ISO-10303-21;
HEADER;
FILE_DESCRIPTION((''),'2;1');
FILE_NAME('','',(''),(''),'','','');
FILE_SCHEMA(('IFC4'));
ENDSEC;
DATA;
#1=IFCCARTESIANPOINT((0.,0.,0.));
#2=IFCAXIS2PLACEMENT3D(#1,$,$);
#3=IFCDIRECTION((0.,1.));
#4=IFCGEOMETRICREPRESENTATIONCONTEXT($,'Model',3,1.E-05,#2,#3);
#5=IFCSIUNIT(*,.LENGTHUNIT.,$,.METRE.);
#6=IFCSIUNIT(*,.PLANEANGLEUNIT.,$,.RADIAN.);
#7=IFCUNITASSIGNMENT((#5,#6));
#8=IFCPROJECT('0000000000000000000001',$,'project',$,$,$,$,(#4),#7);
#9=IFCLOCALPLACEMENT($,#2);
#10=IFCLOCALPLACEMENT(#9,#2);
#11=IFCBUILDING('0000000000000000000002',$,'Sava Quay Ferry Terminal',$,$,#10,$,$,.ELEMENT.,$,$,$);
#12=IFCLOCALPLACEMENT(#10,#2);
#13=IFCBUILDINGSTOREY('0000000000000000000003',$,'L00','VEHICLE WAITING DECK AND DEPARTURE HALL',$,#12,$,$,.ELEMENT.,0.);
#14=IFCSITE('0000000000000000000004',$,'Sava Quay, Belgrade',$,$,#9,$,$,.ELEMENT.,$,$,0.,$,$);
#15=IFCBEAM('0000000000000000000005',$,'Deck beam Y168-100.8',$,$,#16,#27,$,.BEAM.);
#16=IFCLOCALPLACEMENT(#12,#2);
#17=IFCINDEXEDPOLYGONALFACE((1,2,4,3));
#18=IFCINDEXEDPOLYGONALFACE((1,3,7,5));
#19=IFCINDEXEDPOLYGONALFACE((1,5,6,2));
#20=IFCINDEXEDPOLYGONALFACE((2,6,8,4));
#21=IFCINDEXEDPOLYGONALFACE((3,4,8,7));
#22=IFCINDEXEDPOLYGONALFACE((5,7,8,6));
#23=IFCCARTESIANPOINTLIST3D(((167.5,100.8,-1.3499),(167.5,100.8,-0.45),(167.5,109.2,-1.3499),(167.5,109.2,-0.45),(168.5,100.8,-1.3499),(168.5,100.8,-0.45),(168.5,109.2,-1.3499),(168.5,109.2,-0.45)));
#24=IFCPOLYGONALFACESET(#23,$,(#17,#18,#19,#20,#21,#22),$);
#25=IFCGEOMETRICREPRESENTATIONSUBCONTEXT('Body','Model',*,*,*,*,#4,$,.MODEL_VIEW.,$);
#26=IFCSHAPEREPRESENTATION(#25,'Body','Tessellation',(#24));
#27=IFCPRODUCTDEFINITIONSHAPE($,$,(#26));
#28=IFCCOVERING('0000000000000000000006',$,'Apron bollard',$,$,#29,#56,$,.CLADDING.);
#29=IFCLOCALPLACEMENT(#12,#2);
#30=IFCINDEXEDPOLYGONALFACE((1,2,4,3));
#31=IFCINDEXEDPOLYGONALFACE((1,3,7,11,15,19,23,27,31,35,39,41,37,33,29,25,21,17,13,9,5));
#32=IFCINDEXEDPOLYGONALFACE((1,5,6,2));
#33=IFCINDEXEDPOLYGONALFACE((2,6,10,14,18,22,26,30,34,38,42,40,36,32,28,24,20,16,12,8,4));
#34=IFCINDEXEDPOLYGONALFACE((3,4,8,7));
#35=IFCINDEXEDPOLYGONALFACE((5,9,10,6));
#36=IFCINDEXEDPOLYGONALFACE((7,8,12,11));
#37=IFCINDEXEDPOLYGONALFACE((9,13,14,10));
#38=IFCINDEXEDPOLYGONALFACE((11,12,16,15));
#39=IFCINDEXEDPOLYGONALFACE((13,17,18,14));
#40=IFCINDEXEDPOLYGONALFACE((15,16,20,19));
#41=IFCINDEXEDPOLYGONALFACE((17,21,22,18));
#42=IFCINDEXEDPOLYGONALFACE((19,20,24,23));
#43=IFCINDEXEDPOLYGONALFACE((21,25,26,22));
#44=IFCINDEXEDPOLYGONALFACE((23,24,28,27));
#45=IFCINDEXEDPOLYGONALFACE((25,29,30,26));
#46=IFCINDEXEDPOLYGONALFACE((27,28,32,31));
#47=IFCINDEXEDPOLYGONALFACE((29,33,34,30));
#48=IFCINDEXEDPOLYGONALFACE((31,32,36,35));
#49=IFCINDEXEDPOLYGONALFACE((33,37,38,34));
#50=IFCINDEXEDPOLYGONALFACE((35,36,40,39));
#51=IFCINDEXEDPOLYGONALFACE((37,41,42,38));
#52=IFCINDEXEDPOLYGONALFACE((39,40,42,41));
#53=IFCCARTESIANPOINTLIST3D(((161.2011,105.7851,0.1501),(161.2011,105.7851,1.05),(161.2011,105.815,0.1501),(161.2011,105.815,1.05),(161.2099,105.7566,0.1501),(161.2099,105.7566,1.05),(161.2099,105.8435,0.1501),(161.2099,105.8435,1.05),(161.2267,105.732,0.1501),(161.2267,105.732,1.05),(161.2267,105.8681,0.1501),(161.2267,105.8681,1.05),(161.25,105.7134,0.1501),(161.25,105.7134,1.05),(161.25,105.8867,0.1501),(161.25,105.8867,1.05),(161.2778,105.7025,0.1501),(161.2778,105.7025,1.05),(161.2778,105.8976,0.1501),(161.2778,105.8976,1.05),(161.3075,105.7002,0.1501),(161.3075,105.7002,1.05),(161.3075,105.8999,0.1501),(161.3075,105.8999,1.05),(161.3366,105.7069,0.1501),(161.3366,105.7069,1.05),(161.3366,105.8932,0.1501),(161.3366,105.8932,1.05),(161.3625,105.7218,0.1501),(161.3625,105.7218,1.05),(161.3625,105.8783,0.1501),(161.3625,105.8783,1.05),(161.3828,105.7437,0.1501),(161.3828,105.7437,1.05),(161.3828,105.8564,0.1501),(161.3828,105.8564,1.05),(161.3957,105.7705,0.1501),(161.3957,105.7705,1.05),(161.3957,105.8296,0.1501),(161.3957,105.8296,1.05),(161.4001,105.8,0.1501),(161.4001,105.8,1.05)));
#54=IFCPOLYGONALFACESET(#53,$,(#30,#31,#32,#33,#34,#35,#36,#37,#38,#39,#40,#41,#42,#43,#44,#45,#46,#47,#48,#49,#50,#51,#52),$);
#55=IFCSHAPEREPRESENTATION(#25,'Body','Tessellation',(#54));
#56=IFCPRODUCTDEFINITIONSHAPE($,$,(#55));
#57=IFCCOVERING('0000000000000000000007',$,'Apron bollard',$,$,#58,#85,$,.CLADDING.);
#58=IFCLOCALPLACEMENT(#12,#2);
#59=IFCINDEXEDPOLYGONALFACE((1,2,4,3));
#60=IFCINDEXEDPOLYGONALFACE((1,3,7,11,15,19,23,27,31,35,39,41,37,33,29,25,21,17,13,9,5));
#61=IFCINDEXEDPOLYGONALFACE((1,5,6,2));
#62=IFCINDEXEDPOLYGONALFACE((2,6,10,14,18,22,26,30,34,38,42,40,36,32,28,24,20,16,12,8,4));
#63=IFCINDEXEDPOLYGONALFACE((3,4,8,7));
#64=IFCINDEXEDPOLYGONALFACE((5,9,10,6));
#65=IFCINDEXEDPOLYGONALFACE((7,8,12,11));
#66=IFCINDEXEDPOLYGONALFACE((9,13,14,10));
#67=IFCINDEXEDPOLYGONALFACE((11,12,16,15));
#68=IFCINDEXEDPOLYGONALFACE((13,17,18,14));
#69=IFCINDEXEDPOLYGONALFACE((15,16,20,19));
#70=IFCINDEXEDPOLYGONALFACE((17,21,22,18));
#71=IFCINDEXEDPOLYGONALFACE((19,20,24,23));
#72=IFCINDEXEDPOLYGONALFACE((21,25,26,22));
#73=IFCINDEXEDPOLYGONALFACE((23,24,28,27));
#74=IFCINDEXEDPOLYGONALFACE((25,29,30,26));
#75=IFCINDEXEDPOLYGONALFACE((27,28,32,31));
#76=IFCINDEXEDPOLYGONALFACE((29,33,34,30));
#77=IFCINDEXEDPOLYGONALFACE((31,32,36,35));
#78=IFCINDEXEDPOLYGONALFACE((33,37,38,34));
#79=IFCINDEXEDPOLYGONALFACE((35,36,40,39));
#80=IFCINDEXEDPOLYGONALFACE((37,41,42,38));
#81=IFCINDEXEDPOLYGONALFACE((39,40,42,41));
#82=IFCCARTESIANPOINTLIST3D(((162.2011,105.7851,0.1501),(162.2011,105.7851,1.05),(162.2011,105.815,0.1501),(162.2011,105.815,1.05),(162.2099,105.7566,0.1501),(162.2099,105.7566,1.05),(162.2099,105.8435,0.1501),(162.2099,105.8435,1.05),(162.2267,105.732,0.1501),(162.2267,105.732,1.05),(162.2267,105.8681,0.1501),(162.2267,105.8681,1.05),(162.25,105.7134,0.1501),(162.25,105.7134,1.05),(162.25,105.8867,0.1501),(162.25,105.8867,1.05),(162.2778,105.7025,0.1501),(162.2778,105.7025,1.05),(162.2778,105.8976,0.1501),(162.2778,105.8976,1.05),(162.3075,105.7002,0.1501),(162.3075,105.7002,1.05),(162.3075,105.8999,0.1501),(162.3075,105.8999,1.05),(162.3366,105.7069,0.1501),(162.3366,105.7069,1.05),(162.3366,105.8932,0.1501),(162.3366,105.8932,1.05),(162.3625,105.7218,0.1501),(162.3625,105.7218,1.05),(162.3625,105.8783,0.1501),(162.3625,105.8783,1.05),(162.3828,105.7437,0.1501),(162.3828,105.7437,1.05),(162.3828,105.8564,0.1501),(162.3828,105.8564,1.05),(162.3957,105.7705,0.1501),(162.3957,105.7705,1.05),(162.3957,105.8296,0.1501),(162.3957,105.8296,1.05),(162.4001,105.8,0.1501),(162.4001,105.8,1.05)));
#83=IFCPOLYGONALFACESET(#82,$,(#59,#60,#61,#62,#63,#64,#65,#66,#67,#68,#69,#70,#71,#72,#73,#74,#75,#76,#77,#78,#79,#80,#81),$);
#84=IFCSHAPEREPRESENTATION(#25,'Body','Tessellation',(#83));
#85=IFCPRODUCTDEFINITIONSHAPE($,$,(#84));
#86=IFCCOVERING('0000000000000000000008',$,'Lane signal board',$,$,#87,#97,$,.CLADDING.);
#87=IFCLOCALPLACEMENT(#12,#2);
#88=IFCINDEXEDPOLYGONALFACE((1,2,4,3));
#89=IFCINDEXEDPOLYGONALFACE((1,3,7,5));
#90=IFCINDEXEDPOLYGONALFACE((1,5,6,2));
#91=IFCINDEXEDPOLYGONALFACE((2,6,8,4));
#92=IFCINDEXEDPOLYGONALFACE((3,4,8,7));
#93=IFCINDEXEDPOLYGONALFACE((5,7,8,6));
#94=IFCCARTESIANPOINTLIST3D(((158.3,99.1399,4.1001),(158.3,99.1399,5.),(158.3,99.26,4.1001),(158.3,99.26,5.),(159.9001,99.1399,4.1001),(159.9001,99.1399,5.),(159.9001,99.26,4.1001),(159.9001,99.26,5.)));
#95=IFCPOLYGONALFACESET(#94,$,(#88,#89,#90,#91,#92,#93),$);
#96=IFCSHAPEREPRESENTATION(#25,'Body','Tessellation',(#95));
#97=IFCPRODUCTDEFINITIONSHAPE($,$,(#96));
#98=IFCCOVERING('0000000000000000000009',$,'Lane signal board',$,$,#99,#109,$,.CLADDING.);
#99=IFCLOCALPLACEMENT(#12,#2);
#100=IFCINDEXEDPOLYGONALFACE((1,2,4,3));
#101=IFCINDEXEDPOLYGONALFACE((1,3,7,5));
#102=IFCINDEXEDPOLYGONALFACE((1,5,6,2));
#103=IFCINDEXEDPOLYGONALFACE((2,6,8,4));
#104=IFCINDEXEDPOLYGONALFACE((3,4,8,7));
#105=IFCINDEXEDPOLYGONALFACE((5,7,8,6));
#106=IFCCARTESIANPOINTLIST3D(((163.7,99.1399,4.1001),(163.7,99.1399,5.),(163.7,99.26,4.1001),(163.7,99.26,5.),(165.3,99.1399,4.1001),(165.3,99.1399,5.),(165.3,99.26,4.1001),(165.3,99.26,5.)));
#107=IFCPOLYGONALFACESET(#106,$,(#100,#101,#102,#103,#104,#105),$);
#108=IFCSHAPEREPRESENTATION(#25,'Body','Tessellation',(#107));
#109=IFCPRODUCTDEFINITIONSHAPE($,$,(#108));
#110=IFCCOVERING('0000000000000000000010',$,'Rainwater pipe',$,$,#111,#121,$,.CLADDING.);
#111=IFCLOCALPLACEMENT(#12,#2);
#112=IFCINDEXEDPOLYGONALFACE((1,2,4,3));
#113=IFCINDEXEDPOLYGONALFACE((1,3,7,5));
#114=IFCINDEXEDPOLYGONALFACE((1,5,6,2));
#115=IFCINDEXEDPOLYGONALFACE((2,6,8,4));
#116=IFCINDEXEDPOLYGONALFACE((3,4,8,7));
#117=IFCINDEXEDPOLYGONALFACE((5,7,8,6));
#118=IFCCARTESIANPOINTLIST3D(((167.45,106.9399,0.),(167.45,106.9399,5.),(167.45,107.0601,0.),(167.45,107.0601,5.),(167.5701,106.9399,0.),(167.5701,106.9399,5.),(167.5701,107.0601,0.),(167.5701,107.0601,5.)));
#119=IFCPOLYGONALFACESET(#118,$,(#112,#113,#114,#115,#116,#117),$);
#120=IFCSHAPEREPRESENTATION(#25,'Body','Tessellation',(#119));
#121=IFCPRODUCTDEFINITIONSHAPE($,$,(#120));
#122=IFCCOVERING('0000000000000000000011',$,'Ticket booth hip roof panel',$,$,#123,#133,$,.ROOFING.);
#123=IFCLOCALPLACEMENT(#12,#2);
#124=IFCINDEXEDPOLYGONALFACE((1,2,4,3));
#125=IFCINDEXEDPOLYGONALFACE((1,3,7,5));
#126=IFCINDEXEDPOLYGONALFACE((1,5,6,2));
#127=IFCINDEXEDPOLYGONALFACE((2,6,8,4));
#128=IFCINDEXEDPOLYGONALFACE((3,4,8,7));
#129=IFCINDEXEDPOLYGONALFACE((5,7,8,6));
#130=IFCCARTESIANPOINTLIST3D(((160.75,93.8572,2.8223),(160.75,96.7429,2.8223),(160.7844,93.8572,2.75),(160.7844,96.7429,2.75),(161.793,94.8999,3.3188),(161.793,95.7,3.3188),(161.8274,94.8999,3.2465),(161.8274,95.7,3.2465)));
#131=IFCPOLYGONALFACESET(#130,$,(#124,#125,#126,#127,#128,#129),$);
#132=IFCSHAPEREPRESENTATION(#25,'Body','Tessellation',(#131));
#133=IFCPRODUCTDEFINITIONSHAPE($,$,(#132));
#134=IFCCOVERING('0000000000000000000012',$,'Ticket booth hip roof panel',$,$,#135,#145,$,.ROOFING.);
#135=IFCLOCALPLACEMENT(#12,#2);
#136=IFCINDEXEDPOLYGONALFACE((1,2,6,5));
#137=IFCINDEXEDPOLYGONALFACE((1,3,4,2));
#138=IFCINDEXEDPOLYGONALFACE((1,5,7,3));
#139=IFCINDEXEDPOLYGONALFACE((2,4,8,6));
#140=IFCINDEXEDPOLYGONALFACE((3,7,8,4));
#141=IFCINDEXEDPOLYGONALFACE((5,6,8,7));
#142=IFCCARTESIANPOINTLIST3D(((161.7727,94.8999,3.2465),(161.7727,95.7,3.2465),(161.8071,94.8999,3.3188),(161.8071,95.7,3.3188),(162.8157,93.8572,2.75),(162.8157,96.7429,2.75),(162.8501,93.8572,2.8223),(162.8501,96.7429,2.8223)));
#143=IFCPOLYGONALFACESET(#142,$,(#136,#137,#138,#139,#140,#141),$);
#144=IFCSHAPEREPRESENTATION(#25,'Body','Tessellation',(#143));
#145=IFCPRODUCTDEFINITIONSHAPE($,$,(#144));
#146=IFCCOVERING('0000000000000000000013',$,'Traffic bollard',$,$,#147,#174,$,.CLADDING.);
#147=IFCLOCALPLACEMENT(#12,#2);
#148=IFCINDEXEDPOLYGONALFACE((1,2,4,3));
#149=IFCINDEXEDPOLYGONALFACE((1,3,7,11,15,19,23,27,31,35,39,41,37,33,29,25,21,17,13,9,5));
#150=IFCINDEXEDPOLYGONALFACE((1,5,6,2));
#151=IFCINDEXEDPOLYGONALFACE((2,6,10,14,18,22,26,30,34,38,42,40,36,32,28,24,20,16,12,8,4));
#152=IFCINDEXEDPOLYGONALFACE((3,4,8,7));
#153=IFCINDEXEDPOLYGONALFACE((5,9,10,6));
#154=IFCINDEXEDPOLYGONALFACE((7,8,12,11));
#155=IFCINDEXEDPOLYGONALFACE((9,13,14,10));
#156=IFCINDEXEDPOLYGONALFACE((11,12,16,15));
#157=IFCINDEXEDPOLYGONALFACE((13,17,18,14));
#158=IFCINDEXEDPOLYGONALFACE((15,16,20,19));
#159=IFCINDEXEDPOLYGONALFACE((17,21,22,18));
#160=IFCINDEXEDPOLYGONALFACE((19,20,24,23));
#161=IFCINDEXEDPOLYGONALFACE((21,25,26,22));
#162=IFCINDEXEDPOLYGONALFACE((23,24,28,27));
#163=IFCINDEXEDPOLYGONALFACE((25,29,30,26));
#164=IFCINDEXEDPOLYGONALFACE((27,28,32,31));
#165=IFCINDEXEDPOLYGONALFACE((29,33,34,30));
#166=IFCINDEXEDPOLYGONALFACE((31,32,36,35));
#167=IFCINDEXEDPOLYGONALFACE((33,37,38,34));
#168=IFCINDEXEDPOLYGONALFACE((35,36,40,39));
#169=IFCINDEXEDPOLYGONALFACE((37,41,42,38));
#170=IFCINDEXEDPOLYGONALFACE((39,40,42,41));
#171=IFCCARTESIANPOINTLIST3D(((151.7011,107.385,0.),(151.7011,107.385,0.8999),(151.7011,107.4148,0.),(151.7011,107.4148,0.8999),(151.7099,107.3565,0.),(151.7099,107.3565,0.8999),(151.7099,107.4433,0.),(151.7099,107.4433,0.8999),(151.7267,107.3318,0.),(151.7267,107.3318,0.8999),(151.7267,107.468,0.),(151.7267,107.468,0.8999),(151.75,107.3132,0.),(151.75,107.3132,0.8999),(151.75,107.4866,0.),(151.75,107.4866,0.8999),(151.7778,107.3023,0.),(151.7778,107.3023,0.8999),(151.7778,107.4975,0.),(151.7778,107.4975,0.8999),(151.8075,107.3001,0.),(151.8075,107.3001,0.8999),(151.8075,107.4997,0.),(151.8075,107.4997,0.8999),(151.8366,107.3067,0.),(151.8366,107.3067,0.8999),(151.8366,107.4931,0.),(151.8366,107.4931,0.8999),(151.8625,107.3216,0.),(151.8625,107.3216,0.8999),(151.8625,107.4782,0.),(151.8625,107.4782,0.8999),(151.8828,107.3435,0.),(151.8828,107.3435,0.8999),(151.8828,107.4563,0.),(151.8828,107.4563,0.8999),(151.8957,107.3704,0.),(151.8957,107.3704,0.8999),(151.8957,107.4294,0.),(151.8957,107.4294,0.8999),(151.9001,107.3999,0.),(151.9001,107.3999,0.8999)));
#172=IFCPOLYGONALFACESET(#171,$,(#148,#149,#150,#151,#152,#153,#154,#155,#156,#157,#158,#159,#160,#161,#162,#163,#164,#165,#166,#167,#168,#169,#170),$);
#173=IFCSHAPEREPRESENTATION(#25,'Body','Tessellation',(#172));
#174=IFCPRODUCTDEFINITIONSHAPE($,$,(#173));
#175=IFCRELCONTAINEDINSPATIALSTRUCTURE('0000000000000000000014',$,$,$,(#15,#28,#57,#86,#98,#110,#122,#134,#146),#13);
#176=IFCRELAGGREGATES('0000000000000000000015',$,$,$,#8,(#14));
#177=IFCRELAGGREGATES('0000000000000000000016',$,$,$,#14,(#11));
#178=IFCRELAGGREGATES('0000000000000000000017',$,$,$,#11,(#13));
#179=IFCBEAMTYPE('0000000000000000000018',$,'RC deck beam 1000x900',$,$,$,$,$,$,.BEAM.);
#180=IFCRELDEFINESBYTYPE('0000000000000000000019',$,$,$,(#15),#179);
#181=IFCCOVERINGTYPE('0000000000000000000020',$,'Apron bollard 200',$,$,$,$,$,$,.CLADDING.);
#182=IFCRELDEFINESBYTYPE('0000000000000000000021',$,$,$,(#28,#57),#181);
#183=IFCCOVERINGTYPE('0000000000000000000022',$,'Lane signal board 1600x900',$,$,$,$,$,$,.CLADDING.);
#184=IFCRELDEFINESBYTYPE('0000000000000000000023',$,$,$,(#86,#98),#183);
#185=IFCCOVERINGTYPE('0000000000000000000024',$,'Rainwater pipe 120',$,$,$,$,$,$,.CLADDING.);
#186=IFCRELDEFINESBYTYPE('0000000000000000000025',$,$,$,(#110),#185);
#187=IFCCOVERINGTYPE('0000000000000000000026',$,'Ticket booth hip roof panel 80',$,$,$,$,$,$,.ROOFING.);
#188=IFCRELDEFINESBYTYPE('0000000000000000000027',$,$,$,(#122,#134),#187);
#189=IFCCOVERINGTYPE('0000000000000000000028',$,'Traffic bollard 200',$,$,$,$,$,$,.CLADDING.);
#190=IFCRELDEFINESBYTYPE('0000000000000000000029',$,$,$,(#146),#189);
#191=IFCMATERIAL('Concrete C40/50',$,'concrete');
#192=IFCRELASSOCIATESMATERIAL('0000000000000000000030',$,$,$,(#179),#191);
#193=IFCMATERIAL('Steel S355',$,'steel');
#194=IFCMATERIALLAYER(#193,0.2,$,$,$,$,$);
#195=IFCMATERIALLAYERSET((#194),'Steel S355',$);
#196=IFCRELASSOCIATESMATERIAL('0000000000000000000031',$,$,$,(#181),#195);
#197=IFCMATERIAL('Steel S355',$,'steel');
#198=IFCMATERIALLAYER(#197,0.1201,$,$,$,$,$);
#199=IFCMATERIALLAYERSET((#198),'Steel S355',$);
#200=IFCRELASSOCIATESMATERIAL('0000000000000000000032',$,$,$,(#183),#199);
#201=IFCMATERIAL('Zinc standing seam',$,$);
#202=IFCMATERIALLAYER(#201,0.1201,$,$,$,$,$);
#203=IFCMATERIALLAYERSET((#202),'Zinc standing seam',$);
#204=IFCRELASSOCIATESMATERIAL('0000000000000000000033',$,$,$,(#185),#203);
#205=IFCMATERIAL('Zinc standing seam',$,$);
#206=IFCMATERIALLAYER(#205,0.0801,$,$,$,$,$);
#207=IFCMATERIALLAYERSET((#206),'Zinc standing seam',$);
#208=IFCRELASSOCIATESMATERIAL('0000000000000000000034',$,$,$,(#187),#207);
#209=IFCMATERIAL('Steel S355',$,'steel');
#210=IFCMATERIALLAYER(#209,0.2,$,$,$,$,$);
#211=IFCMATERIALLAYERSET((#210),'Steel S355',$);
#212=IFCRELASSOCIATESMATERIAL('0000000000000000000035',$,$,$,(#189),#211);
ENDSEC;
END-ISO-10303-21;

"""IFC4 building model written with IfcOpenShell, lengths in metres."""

from ifc_helpers import new_model, si_unit, direction, frame, origin, origin_2d, place, context, subcontext, project, spatial, polyline, rectangle, circle, outline, extrude, material, layer, layer_set, material_profile, profile_set, type_object, element, save


model = new_model("IFC4")

# Units and contexts
model_context = context("Model", 3, precision=1e-05, world=origin(), true_north=direction((0.0, 1.0)))
body_context = subcontext(model_context, "Body", "Model", "MODEL_VIEW")
ifc_project = project(units=[si_unit("LENGTHUNIT", "METRE"), si_unit("PLANEANGLEUNIT", "RADIAN")], contexts=[model_context])

# Site, building, storey
site_placement = place(None, origin())
site = spatial("IfcSite", under=ifc_project, at=site_placement, Name="Sava Quay, Belgrade", CompositionType="ELEMENT", RefElevation=0.0)
building_placement = place(site_placement, origin())
building = spatial("IfcBuilding", under=site, at=building_placement, Name="Sava Quay Ferry Terminal", CompositionType="ELEMENT")
storey_placement = place(building_placement, origin())
storey = spatial("IfcBuildingStorey", under=building, at=storey_placement, Name="L00", Description="VEHICLE WAITING DECK AND DEPARTURE HALL", CompositionType="ELEMENT", Elevation=0.0)

# Beam
ifc_material_1 = material(Name="Concrete C40/50", Category="concrete")
ifc_material_profile_1 = material_profile(ifc_material_1, rectangle(XDim=1.0, YDim=0.8999, at=origin_2d()), Name="RC 1000x900")
ifc_profile_set_1 = profile_set([ifc_material_profile_1], Name="Concrete C40/50")
beam_type = type_object("IfcBeamType", Name="RC deck beam 1000x900", PredefinedType="BEAM", material=ifc_profile_set_1)
beam_1_placement = place(storey_placement, frame((168.0, 100.8, -0.8999), z_axis=(0.0, 1.0, 0.0), x_axis=(-1.0, 0.0, 0.0)))
element("IfcBeam", 1, at=beam_1_placement, inside=storey, type_object=beam_type, Name="Deck beam Y168-100.8", PredefinedType="BEAM", context=body_context, shape_type="SweptSolid", body=[
    extrude(rectangle(XDim=1.0, YDim=0.8999, at=origin_2d()), origin(), (0.0, 0.0, 1.0), 8.3999),
])

# Coverings
ifc_material_2 = material(Name="Steel S355", Category="steel")
ifc_layer_1 = layer(ifc_material_2, 0.2)
ifc_layer_set_1 = layer_set([ifc_layer_1], Name="Steel S355")
covering_type_1 = type_object("IfcCoveringType", Name="Apron bollard 200", PredefinedType="CLADDING", material=ifc_layer_set_1)
for number, where, z_axis, x_axis, name in (
    (2, (161.3, 105.8, 1.05), (0.0, 0.0, -1.0), (1.0, 0.0, 0.0), "Apron bollard"),
    (3, (162.3, 105.8, 1.05), (0.0, 0.0, -1.0), (1.0, 0.0, 0.0), "Apron bollard"),
):
    element("IfcCovering", number, at=place(storey_placement, frame(where, z_axis=z_axis, x_axis=x_axis)), inside=storey, type_object=covering_type_1, Name=name, PredefinedType="CLADDING", context=body_context, shape_type="SweptSolid", body=[
        extrude(circle(Radius=0.1001, at=origin_2d()), origin(), (0.0, 0.0, 1.0), 0.8999),
    ])
ifc_material_3 = material(Name="Steel S355", Category="steel")
ifc_layer_2 = layer(ifc_material_3, 0.1201)
ifc_layer_set_2 = layer_set([ifc_layer_2], Name="Steel S355")
covering_type_2 = type_object("IfcCoveringType", Name="Lane signal board 1600x900", PredefinedType="CLADDING", material=ifc_layer_set_2)
for number, where, z_axis, x_axis, name in (
    (4, (159.1001, 99.2, 4.1001), (0.0, 0.0, 1.0), (1.0, 0.0, 0.0), "Lane signal board"),
    (5, (164.5, 99.2, 4.1001), (0.0, 0.0, 1.0), (1.0, 0.0, 0.0), "Lane signal board"),
):
    element("IfcCovering", number, at=place(storey_placement, frame(where, z_axis=z_axis, x_axis=x_axis)), inside=storey, type_object=covering_type_2, Name=name, PredefinedType="CLADDING", context=body_context, shape_type="SweptSolid", body=[
        extrude(rectangle(XDim=1.6001, YDim=0.1201, at=origin_2d()), origin(), (0.0, 0.0, 1.0), 0.8999),
    ])
ifc_material_4 = material(Name="Zinc standing seam")
ifc_layer_3 = layer(ifc_material_4, 0.1201)
ifc_layer_set_3 = layer_set([ifc_layer_3], Name="Zinc standing seam")
covering_type_3 = type_object("IfcCoveringType", Name="Rainwater pipe 120", PredefinedType="CLADDING", material=ifc_layer_set_3)
covering_1_placement = place(storey_placement, frame((167.51, 107.0, 0.0), z_axis=(0.0, 0.0, 1.0), x_axis=(1.0, 0.0, 0.0)))
element("IfcCovering", 6, at=covering_1_placement, inside=storey, type_object=covering_type_3, Name="Rainwater pipe", PredefinedType="CLADDING", context=body_context, shape_type="SweptSolid", body=[
    extrude(rectangle(XDim=0.1201, YDim=0.1201, at=origin_2d()), origin(), (0.0, 0.0, 1.0), 5.0),
])
ifc_material_5 = material(Name="Zinc standing seam")
ifc_layer_4 = layer(ifc_material_5, 0.0801)
ifc_layer_set_4 = layer_set([ifc_layer_4], Name="Zinc standing seam")
covering_type_4 = type_object("IfcCoveringType", Name="Ticket booth hip roof panel 80", PredefinedType="ROOFING", material=ifc_layer_set_4)
covering_2_placement = place(storey_placement, frame((160.75, 96.7429, 2.8223), z_axis=(-0.429884, 0.0, 0.902884), x_axis=(0.0, -1.0, 0.0)))
element("IfcCovering", 7, at=covering_2_placement, inside=storey, type_object=covering_type_4, Name="Ticket booth hip roof panel", PredefinedType="ROOFING", context=body_context, shape_type="SweptSolid", body=[
    extrude(outline(polyline([(0.0, 0.0), (2.8857, 0.0), (1.843, 1.1552), (1.043, 1.1552), (0.0, 0.0)])), origin(), (0.0, 0.0, -1.0), 0.0801),
])
covering_3_placement = place(storey_placement, frame((162.8501, 93.8572, 2.8223), z_axis=(0.429884, 0.0, 0.902884), x_axis=(0.0, 1.0, 0.0)))
element("IfcCovering", 8, at=covering_3_placement, inside=storey, type_object=covering_type_4, Name="Ticket booth hip roof panel", PredefinedType="ROOFING", context=body_context, shape_type="SweptSolid", body=[
    extrude(outline(polyline([(0.0, 0.0), (2.8857, 0.0), (1.8428, 1.1552), (1.0427, 1.1552), (0.0, 0.0)])), origin(), (0.0, 0.0, -1.0), 0.0801),
])
ifc_material_6 = material(Name="Steel S355", Category="steel")
ifc_layer_5 = layer(ifc_material_6, 0.2)
ifc_layer_set_5 = layer_set([ifc_layer_5], Name="Steel S355")
covering_type_5 = type_object("IfcCoveringType", Name="Traffic bollard 200", PredefinedType="CLADDING", material=ifc_layer_set_5)
covering_4_placement = place(storey_placement, frame((151.8, 107.3999, 0.8999), z_axis=(0.0, 0.0, -1.0), x_axis=(1.0, 0.0, 0.0)))
element("IfcCovering", 9, at=covering_4_placement, inside=storey, type_object=covering_type_5, Name="Traffic bollard", PredefinedType="CLADDING", context=body_context, shape_type="SweptSolid", body=[
    extrude(circle(Radius=0.1001, at=origin_2d()), origin(), (0.0, 0.0, 1.0), 0.8999),
])

save(model, "model.ifc")
